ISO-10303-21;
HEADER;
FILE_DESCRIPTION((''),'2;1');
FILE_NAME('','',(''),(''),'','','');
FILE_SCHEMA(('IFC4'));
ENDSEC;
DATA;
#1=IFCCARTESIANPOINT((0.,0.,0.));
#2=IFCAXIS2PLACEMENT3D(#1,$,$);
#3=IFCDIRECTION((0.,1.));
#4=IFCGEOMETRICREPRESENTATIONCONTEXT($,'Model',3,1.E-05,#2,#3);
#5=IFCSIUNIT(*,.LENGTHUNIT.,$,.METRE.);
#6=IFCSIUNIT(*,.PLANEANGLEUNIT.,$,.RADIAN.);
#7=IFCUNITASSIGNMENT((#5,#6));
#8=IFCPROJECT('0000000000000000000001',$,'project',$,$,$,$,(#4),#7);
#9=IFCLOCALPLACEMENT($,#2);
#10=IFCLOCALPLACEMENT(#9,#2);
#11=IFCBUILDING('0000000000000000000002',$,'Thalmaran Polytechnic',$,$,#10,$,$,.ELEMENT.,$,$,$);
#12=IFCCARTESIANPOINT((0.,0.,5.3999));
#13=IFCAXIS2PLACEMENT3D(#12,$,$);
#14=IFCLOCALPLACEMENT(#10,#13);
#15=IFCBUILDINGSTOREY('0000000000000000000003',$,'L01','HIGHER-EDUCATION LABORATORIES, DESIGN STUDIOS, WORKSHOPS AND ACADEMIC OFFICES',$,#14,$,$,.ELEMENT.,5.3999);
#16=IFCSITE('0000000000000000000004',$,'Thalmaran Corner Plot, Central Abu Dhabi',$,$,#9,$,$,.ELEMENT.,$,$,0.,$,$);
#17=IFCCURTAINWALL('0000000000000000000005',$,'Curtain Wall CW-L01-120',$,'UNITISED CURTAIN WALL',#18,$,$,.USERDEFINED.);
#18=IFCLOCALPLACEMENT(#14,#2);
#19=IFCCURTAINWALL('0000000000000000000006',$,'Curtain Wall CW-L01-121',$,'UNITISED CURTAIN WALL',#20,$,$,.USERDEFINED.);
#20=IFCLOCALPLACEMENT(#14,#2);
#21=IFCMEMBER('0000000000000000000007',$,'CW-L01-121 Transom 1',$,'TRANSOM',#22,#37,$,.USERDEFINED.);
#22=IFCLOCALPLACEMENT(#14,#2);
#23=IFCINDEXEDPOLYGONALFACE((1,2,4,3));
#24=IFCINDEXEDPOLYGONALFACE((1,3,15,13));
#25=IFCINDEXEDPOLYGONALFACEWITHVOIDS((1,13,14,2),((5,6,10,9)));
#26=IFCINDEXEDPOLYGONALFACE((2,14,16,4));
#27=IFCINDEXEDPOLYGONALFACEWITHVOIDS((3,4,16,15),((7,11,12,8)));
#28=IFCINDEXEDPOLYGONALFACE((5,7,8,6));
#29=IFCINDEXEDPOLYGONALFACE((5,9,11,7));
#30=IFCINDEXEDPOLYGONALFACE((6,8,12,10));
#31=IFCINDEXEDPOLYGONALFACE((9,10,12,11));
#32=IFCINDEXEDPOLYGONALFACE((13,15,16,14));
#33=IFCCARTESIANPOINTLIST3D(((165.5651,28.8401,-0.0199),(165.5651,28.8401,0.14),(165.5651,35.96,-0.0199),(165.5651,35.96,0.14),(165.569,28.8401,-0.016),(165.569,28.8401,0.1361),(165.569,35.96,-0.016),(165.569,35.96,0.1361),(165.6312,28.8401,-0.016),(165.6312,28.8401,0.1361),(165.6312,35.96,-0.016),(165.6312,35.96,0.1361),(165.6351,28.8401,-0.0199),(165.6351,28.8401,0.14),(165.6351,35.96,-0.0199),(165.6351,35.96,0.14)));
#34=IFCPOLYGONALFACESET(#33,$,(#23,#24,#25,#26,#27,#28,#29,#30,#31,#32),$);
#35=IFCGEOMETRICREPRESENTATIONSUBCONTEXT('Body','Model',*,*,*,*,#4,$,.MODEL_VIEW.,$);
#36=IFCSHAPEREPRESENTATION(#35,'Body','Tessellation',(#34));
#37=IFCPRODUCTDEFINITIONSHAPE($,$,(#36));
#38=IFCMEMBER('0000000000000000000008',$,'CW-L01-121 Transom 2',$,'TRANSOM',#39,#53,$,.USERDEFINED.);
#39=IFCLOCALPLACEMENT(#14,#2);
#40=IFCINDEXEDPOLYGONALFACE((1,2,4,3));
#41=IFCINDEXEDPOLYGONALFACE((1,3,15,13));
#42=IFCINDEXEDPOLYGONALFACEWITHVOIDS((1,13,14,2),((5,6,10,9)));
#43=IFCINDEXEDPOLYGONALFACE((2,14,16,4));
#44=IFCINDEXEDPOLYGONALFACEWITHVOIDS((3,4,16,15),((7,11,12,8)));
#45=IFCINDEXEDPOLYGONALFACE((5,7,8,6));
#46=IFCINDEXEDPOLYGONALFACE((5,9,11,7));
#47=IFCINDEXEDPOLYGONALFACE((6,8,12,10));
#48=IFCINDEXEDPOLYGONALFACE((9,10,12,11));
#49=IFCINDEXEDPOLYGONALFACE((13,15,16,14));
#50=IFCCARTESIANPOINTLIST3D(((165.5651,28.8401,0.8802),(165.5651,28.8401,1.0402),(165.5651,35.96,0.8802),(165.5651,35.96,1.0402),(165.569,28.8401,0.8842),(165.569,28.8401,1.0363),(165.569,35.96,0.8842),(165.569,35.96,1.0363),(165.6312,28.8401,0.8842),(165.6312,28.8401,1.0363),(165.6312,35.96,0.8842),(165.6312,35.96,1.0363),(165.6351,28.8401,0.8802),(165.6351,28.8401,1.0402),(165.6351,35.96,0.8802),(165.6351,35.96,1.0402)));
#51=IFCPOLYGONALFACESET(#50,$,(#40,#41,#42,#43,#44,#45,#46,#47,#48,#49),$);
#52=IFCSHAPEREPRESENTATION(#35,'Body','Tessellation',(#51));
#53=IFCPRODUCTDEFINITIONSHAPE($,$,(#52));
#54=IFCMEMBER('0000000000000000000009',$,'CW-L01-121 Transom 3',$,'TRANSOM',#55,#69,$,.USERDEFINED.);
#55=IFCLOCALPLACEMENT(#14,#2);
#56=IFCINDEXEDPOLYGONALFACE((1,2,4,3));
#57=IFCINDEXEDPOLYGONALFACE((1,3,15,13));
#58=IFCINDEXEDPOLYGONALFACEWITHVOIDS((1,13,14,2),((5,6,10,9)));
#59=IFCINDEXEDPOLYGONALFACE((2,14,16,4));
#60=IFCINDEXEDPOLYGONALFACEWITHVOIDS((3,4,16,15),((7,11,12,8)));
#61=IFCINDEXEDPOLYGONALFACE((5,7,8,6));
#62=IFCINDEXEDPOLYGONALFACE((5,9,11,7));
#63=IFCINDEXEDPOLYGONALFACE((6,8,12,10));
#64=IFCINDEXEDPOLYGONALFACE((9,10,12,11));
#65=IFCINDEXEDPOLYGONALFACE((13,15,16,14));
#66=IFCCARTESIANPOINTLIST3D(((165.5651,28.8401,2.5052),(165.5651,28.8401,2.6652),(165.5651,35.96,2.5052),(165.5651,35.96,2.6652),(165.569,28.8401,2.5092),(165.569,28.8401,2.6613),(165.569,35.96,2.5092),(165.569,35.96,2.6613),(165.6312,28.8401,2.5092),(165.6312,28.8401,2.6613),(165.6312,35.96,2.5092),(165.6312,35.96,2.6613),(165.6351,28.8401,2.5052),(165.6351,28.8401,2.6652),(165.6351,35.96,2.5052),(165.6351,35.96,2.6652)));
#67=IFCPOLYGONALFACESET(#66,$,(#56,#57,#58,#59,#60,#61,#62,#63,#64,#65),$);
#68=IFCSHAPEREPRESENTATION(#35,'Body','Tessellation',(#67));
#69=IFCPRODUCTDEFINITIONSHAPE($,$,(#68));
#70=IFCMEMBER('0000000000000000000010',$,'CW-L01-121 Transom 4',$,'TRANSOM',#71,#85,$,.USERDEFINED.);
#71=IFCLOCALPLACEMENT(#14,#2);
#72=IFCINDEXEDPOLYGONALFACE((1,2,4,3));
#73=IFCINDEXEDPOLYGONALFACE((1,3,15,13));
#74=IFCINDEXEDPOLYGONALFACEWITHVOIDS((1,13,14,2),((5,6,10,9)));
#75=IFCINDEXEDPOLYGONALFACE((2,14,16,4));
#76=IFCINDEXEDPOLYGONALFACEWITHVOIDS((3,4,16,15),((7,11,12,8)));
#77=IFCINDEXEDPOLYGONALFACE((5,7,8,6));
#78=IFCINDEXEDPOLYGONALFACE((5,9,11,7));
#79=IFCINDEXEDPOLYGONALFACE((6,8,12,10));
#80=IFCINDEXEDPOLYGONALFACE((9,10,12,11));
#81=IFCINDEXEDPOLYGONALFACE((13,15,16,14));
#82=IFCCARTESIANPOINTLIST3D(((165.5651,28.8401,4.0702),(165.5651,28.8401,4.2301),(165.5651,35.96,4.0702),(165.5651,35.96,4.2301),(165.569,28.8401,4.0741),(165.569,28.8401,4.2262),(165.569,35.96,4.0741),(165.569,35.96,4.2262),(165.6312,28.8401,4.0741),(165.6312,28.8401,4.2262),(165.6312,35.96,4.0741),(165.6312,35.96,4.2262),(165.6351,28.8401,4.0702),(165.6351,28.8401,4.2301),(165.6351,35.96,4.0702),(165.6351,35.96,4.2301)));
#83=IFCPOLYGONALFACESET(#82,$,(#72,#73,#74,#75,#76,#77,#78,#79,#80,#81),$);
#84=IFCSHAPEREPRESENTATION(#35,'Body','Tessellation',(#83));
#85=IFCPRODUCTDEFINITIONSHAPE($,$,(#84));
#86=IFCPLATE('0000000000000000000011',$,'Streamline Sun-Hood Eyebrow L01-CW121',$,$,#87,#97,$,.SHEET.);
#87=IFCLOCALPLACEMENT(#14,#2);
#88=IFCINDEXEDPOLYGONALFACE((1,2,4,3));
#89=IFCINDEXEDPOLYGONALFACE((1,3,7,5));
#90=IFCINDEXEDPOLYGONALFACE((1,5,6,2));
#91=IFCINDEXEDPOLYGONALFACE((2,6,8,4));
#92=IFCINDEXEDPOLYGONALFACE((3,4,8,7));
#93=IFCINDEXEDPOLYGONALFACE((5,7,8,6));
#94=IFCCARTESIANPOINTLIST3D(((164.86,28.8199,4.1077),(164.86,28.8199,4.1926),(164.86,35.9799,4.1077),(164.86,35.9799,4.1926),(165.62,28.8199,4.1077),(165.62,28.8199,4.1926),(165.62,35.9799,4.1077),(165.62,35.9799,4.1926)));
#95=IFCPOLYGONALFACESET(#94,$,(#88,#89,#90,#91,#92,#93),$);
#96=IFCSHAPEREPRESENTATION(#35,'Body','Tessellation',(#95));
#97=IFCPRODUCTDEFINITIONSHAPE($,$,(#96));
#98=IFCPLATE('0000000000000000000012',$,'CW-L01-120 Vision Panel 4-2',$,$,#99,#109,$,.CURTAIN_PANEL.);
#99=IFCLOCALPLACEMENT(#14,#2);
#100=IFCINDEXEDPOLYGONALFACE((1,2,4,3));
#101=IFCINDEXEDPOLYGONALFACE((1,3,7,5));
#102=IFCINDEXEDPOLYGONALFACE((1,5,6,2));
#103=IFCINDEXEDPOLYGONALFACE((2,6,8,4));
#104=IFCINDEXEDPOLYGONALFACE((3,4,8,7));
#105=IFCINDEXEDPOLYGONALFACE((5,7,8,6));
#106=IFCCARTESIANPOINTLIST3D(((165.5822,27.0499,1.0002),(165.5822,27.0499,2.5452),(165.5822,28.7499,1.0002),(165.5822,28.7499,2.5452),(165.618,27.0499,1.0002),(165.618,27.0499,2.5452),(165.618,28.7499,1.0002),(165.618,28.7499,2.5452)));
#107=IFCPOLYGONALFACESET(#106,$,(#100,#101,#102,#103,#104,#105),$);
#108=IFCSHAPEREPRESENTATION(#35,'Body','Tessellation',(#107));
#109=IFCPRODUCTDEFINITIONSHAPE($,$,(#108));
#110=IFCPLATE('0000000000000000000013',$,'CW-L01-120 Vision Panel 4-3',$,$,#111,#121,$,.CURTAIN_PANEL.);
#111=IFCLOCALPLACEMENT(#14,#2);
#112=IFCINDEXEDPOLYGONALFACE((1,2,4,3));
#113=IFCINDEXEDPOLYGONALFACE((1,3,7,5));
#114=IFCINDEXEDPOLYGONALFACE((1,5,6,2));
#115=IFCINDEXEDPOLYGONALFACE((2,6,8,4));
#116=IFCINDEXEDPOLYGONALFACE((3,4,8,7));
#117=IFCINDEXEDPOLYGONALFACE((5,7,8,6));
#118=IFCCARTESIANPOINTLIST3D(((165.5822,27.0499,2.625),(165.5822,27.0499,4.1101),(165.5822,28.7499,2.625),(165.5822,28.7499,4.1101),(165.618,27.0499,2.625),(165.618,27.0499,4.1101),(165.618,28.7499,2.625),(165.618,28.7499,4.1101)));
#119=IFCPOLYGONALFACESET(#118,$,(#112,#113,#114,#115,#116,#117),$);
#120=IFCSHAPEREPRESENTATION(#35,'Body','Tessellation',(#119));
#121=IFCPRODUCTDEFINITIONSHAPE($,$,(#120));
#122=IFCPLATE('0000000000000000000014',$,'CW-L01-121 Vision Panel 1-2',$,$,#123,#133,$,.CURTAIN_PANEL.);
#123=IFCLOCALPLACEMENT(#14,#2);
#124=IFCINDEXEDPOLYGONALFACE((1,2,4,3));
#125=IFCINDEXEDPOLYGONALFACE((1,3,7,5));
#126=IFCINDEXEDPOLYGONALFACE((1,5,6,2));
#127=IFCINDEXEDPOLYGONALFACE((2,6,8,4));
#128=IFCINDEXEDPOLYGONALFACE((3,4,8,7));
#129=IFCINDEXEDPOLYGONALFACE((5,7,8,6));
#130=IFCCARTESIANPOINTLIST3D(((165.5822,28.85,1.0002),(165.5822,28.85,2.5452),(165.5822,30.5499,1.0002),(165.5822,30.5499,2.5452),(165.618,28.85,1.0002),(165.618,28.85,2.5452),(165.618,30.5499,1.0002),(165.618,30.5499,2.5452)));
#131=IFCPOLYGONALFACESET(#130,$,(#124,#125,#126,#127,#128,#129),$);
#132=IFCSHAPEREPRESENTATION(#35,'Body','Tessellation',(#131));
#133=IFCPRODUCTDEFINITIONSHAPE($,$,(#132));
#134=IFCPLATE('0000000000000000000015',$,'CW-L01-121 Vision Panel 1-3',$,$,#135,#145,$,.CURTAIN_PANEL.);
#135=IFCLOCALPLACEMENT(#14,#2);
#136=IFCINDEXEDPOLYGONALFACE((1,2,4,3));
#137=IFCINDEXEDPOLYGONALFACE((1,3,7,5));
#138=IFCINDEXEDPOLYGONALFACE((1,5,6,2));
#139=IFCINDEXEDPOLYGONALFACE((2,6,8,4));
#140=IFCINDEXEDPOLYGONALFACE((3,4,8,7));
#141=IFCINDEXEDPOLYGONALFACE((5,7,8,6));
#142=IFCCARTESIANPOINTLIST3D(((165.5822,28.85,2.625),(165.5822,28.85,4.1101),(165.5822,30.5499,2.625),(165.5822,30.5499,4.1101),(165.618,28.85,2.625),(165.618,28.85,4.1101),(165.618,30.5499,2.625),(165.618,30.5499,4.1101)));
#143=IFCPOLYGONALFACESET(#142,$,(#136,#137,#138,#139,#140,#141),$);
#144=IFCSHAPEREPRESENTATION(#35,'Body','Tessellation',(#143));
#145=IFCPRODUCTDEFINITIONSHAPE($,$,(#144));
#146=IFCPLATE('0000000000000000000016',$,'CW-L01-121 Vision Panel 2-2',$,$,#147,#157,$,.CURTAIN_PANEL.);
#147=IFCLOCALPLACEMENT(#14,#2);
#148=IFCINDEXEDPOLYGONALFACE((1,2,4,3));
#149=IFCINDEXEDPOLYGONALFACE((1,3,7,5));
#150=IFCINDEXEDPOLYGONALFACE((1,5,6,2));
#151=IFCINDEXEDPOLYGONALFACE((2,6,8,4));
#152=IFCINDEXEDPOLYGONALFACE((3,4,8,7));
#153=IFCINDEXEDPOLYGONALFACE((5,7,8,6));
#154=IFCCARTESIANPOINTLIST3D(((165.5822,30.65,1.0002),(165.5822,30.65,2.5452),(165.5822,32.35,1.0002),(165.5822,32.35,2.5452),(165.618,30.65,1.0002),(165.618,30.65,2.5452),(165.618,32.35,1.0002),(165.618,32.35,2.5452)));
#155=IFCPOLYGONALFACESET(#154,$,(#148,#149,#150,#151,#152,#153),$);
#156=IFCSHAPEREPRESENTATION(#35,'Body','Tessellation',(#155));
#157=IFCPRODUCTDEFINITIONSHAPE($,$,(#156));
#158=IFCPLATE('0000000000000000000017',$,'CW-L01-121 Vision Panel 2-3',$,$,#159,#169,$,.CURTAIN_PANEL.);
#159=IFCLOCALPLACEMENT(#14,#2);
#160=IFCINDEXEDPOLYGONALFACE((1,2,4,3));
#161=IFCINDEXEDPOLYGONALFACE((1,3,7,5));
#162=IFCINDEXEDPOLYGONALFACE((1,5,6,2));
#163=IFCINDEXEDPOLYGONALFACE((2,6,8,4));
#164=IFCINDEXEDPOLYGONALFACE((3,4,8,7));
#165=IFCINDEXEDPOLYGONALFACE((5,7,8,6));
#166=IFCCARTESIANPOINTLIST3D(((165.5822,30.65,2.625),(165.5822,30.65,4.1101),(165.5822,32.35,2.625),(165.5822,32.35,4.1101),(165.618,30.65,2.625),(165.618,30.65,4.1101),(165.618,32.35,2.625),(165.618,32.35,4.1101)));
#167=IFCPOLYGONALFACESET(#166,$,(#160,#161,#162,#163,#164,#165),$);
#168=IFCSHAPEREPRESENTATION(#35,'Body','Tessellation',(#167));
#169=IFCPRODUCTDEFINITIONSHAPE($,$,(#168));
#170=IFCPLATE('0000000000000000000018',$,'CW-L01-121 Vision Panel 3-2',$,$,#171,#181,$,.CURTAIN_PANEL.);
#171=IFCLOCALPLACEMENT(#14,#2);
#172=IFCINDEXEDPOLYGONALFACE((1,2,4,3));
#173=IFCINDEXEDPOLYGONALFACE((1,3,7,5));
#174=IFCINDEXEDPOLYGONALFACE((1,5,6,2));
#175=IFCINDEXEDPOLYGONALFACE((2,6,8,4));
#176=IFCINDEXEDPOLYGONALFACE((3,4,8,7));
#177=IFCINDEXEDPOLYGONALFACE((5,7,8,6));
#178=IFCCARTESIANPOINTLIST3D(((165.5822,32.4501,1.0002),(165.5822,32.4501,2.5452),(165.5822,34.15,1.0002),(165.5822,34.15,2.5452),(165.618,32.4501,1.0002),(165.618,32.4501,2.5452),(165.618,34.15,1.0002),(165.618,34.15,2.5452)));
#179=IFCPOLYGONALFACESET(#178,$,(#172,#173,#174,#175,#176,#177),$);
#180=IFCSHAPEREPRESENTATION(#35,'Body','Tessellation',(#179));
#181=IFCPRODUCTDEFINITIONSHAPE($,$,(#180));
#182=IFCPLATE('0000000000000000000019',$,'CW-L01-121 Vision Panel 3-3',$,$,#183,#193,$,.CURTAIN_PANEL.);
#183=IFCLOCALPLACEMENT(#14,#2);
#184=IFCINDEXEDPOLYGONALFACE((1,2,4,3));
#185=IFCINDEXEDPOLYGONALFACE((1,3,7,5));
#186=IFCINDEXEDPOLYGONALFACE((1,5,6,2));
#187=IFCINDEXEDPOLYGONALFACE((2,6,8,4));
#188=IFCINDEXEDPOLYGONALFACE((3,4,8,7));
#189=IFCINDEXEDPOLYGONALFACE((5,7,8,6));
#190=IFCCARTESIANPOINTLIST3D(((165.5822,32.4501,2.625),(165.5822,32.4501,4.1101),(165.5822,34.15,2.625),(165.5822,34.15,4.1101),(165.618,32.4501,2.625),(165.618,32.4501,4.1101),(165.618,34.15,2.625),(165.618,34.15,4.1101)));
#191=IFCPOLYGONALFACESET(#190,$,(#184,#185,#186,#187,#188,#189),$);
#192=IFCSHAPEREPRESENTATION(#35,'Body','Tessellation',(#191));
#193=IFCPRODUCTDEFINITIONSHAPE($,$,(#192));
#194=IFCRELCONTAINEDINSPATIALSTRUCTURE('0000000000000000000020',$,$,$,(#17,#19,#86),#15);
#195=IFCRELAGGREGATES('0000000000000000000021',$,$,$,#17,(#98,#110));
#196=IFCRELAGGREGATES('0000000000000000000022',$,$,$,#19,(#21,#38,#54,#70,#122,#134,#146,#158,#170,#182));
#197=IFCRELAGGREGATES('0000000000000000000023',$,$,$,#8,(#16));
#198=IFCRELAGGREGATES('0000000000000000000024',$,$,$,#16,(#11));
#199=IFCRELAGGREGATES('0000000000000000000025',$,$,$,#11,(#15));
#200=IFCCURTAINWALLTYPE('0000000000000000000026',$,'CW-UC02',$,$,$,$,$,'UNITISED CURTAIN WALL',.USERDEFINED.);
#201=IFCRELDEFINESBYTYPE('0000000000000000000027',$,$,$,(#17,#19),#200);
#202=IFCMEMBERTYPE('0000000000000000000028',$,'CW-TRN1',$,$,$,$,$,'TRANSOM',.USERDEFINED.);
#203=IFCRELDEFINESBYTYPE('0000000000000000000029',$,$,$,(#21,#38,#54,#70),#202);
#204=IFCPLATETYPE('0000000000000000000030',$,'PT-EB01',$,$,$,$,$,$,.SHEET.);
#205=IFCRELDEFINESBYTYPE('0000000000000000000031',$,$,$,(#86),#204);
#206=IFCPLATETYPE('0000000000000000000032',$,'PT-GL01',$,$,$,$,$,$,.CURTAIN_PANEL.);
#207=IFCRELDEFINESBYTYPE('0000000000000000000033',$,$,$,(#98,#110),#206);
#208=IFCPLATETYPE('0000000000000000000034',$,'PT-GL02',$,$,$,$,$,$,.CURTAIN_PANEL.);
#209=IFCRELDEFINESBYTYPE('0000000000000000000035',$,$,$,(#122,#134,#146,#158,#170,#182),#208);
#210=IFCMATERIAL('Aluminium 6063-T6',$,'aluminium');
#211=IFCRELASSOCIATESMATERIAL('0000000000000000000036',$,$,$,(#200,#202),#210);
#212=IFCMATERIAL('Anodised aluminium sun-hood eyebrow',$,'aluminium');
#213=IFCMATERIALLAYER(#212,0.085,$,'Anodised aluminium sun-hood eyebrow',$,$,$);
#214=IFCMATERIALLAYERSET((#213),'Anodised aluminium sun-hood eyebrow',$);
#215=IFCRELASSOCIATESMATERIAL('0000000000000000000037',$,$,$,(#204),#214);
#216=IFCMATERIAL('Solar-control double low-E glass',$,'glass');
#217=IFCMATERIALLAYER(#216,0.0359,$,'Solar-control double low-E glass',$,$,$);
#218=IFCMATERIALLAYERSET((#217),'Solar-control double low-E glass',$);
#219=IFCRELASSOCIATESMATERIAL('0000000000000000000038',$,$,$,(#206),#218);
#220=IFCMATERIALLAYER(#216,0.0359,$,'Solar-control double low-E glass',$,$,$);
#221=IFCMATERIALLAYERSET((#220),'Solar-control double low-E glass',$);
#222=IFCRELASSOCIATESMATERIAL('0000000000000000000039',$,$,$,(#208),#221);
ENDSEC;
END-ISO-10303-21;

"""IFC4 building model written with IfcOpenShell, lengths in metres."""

from ifc_helpers import new_model, si_unit, direction, frame, origin, origin_2d, place, context, subcontext, project, spatial, rectangle, hollow_rectangle, extrude, material, layer, layer_set, material_profile, profile_set, type_object, element, aggregate, save


model = new_model("IFC4")

# Units and contexts
model_context = context("Model", 3, precision=1e-05, world=origin(), true_north=direction((0.0, 1.0)))
body_context = subcontext(model_context, "Body", "Model", "MODEL_VIEW")
ifc_project = project(units=[si_unit("LENGTHUNIT", "METRE"), si_unit("PLANEANGLEUNIT", "RADIAN")], contexts=[model_context])

# Site, building, storey
site_placement = place(None, origin())
site = spatial("IfcSite", under=ifc_project, at=site_placement, Name="Thalmaran Corner Plot, Central Abu Dhabi", CompositionType="ELEMENT", RefElevation=0.0)
building_placement = place(site_placement, origin())
building = spatial("IfcBuilding", under=site, at=building_placement, Name="Thalmaran Polytechnic", CompositionType="ELEMENT")
storey_placement = place(building_placement, frame((0.0, 0.0, 5.3999)))
storey = spatial("IfcBuildingStorey", under=building, at=storey_placement, Name="L01", Description="HIGHER-EDUCATION LABORATORIES, DESIGN STUDIOS, WORKSHOPS AND ACADEMIC OFFICES", CompositionType="ELEMENT", Elevation=5.3999)

# Curtain wall
ifc_material_1 = material(Name="Aluminium 6063-T6", Category="aluminium")
curtain_wall_type = type_object("IfcCurtainWallType", Name="CW-UC02", ElementType="UNITISED CURTAIN WALL", PredefinedType="USERDEFINED", material=ifc_material_1)
curtain_wall_1_placement = place(storey_placement, origin())
curtain_wall_1 = element("IfcCurtainWall", 1, at=curtain_wall_1_placement, inside=storey, type_object=curtain_wall_type, Name="Curtain Wall CW-L01-120", ObjectType="UNITISED CURTAIN WALL", PredefinedType="USERDEFINED")

# Curtain wall
curtain_wall_2_placement = place(storey_placement, origin())
curtain_wall_2 = element("IfcCurtainWall", 2, at=curtain_wall_2_placement, inside=storey, type_object=curtain_wall_type, Name="Curtain Wall CW-L01-121", ObjectType="UNITISED CURTAIN WALL", PredefinedType="USERDEFINED")

# Members
ifc_material_profile_1 = material_profile(ifc_material_1, hollow_rectangle(XDim=0.0701, YDim=0.1599, WallThickness=0.0039, at=origin_2d()), Name="AL 160x70x4.0")
ifc_profile_set_1 = profile_set([ifc_material_profile_1], Name="Aluminium 6063-T6")
member_type_1 = type_object("IfcMemberType", Name="CW-TRN1", ElementType="TRANSOM", PredefinedType="USERDEFINED", material=ifc_profile_set_1)
member_1_placement = place(storey_placement, frame((165.6001, 28.8401, 0.0601), z_axis=(0.0, 1.0, 0.0), x_axis=(-1.0, 0.0, 0.0)))
member_1 = element("IfcMember", 3, at=member_1_placement, type_object=member_type_1, Name="CW-L01-121 Transom 1", ObjectType="TRANSOM", PredefinedType="USERDEFINED", context=body_context, shape_type="SweptSolid", body=[
    extrude(hollow_rectangle(XDim=0.0701, YDim=0.1599, WallThickness=0.0039, at=origin_2d()), origin(), (0.0, 0.0, 1.0), 7.1199),
])
member_2_placement = place(storey_placement, frame((165.6001, 28.8401, 0.9602), z_axis=(0.0, 1.0, 0.0), x_axis=(-1.0, 0.0, 0.0)))
member_2 = element("IfcMember", 4, at=member_2_placement, type_object=member_type_1, Name="CW-L01-121 Transom 2", ObjectType="TRANSOM", PredefinedType="USERDEFINED", context=body_context, shape_type="SweptSolid", body=[
    extrude(hollow_rectangle(XDim=0.0701, YDim=0.1599, WallThickness=0.0039, at=origin_2d()), origin(), (0.0, 0.0, 1.0), 7.1199),
])
member_3_placement = place(storey_placement, frame((165.6001, 28.8401, 2.5852), z_axis=(0.0, 1.0, 0.0), x_axis=(-1.0, 0.0, 0.0)))
member_3 = element("IfcMember", 5, at=member_3_placement, type_object=member_type_1, Name="CW-L01-121 Transom 3", ObjectType="TRANSOM", PredefinedType="USERDEFINED", context=body_context, shape_type="SweptSolid", body=[
    extrude(hollow_rectangle(XDim=0.0701, YDim=0.1599, WallThickness=0.0039, at=origin_2d()), origin(), (0.0, 0.0, 1.0), 7.1199),
])
member_4_placement = place(storey_placement, frame((165.6001, 28.8401, 4.1501), z_axis=(0.0, 1.0, 0.0), x_axis=(-1.0, 0.0, 0.0)))
member_4 = element("IfcMember", 6, at=member_4_placement, type_object=member_type_1, Name="CW-L01-121 Transom 4", ObjectType="TRANSOM", PredefinedType="USERDEFINED", context=body_context, shape_type="SweptSolid", body=[
    extrude(hollow_rectangle(XDim=0.0701, YDim=0.1599, WallThickness=0.0039, at=origin_2d()), origin(), (0.0, 0.0, 1.0), 7.1199),
])

# Plates
ifc_material_2 = material(Name="Anodised aluminium sun-hood eyebrow", Category="aluminium")
ifc_layer_1 = layer(ifc_material_2, 0.085, Name="Anodised aluminium sun-hood eyebrow")
ifc_layer_set_1 = layer_set([ifc_layer_1], Name="Anodised aluminium sun-hood eyebrow")
plate_type_1 = type_object("IfcPlateType", Name="PT-EB01", PredefinedType="SHEET", material=ifc_layer_set_1)
plate_1_placement = place(storey_placement, frame((165.24, 32.3999, 4.1077), z_axis=(0.0, 0.0, 1.0), x_axis=(0.0, 1.0, 0.0)))
element("IfcPlate", 7, at=plate_1_placement, inside=storey, type_object=plate_type_1, Name="Streamline Sun-Hood Eyebrow L01-CW121", PredefinedType="SHEET", context=body_context, shape_type="SweptSolid", body=[
    extrude(rectangle(XDim=7.1599, YDim=0.76, at=origin_2d()), origin(), (0.0, 0.0, 1.0), 0.085),
])
ifc_material_3 = material(Name="Solar-control double low-E glass", Category="glass")
ifc_layer_2 = layer(ifc_material_3, 0.0359, Name="Solar-control double low-E glass")
ifc_layer_set_2 = layer_set([ifc_layer_2], Name="Solar-control double low-E glass")
plate_type_2 = type_object("IfcPlateType", Name="PT-GL01", PredefinedType="CURTAIN_PANEL", material=ifc_layer_set_2)
plate_2_placement = place(storey_placement, frame((165.6001, 27.8999, 1.0002), z_axis=(0.0, 0.0, 1.0), x_axis=(0.0, 1.0, 0.0)))
plate_2 = element("IfcPlate", 8, at=plate_2_placement, type_object=plate_type_2, Name="CW-L01-120 Vision Panel 4-2", PredefinedType="CURTAIN_PANEL", context=body_context, shape_type="SweptSolid", body=[
    extrude(rectangle(XDim=1.7, YDim=0.0359, at=origin_2d()), origin(), (0.0, 0.0, 1.0), 1.5449),
])
plate_3_placement = place(storey_placement, frame((165.6001, 27.8999, 2.625), z_axis=(0.0, 0.0, 1.0), x_axis=(0.0, 1.0, 0.0)))
plate_3 = element("IfcPlate", 9, at=plate_3_placement, type_object=plate_type_2, Name="CW-L01-120 Vision Panel 4-3", PredefinedType="CURTAIN_PANEL", context=body_context, shape_type="SweptSolid", body=[
    extrude(rectangle(XDim=1.7, YDim=0.0359, at=origin_2d()), origin(), (0.0, 0.0, 1.0), 1.4851),
])
ifc_layer_3 = layer(ifc_material_3, 0.0359, Name="Solar-control double low-E glass")
ifc_layer_set_3 = layer_set([ifc_layer_3], Name="Solar-control double low-E glass")
plate_type_3 = type_object("IfcPlateType", Name="PT-GL02", PredefinedType="CURTAIN_PANEL", material=ifc_layer_set_3)
plate_4_placement = place(storey_placement, frame((165.6001, 29.7, 1.0002), z_axis=(0.0, 0.0, 1.0), x_axis=(0.0, 1.0, 0.0)))
plate_4 = element("IfcPlate", 10, at=plate_4_placement, type_object=plate_type_3, Name="CW-L01-121 Vision Panel 1-2", PredefinedType="CURTAIN_PANEL", context=body_context, shape_type="SweptSolid", body=[
    extrude(rectangle(XDim=1.7, YDim=0.0359, at=origin_2d()), origin(), (0.0, 0.0, 1.0), 1.5449),
])
plate_5_placement = place(storey_placement, frame((165.6001, 29.7, 2.625), z_axis=(0.0, 0.0, 1.0), x_axis=(0.0, 1.0, 0.0)))
plate_5 = element("IfcPlate", 11, at=plate_5_placement, type_object=plate_type_3, Name="CW-L01-121 Vision Panel 1-3", PredefinedType="CURTAIN_PANEL", context=body_context, shape_type="SweptSolid", body=[
    extrude(rectangle(XDim=1.7, YDim=0.0359, at=origin_2d()), origin(), (0.0, 0.0, 1.0), 1.4851),
])
plate_6_placement = place(storey_placement, frame((165.6001, 31.5, 1.0002), z_axis=(0.0, 0.0, 1.0), x_axis=(0.0, 1.0, 0.0)))
plate_6 = element("IfcPlate", 12, at=plate_6_placement, type_object=plate_type_3, Name="CW-L01-121 Vision Panel 2-2", PredefinedType="CURTAIN_PANEL", context=body_context, shape_type="SweptSolid", body=[
    extrude(rectangle(XDim=1.7, YDim=0.0359, at=origin_2d()), origin(), (0.0, 0.0, 1.0), 1.5449),
])
plate_7_placement = place(storey_placement, frame((165.6001, 31.5, 2.625), z_axis=(0.0, 0.0, 1.0), x_axis=(0.0, 1.0, 0.0)))
plate_7 = element("IfcPlate", 13, at=plate_7_placement, type_object=plate_type_3, Name="CW-L01-121 Vision Panel 2-3", PredefinedType="CURTAIN_PANEL", context=body_context, shape_type="SweptSolid", body=[
    extrude(rectangle(XDim=1.7, YDim=0.0359, at=origin_2d()), origin(), (0.0, 0.0, 1.0), 1.4851),
])
plate_8_placement = place(storey_placement, frame((165.6001, 33.3, 1.0002), z_axis=(0.0, 0.0, 1.0), x_axis=(0.0, 1.0, 0.0)))
plate_8 = element("IfcPlate", 14, at=plate_8_placement, type_object=plate_type_3, Name="CW-L01-121 Vision Panel 3-2", PredefinedType="CURTAIN_PANEL", context=body_context, shape_type="SweptSolid", body=[
    extrude(rectangle(XDim=1.7, YDim=0.0359, at=origin_2d()), origin(), (0.0, 0.0, 1.0), 1.5449),
])
plate_9_placement = place(storey_placement, frame((165.6001, 33.3, 2.625), z_axis=(0.0, 0.0, 1.0), x_axis=(0.0, 1.0, 0.0)))
plate_9 = element("IfcPlate", 15, at=plate_9_placement, type_object=plate_type_3, Name="CW-L01-121 Vision Panel 3-3", PredefinedType="CURTAIN_PANEL", context=body_context, shape_type="SweptSolid", body=[
    extrude(rectangle(XDim=1.7, YDim=0.0359, at=origin_2d()), origin(), (0.0, 0.0, 1.0), 1.4851),
])
aggregate(curtain_wall_1, [plate_2, plate_3])
aggregate(curtain_wall_2, [member_1, member_2, member_3, member_4, plate_4, plate_5, plate_6, plate_7, plate_8, plate_9])

save(model, "model.ifc")
